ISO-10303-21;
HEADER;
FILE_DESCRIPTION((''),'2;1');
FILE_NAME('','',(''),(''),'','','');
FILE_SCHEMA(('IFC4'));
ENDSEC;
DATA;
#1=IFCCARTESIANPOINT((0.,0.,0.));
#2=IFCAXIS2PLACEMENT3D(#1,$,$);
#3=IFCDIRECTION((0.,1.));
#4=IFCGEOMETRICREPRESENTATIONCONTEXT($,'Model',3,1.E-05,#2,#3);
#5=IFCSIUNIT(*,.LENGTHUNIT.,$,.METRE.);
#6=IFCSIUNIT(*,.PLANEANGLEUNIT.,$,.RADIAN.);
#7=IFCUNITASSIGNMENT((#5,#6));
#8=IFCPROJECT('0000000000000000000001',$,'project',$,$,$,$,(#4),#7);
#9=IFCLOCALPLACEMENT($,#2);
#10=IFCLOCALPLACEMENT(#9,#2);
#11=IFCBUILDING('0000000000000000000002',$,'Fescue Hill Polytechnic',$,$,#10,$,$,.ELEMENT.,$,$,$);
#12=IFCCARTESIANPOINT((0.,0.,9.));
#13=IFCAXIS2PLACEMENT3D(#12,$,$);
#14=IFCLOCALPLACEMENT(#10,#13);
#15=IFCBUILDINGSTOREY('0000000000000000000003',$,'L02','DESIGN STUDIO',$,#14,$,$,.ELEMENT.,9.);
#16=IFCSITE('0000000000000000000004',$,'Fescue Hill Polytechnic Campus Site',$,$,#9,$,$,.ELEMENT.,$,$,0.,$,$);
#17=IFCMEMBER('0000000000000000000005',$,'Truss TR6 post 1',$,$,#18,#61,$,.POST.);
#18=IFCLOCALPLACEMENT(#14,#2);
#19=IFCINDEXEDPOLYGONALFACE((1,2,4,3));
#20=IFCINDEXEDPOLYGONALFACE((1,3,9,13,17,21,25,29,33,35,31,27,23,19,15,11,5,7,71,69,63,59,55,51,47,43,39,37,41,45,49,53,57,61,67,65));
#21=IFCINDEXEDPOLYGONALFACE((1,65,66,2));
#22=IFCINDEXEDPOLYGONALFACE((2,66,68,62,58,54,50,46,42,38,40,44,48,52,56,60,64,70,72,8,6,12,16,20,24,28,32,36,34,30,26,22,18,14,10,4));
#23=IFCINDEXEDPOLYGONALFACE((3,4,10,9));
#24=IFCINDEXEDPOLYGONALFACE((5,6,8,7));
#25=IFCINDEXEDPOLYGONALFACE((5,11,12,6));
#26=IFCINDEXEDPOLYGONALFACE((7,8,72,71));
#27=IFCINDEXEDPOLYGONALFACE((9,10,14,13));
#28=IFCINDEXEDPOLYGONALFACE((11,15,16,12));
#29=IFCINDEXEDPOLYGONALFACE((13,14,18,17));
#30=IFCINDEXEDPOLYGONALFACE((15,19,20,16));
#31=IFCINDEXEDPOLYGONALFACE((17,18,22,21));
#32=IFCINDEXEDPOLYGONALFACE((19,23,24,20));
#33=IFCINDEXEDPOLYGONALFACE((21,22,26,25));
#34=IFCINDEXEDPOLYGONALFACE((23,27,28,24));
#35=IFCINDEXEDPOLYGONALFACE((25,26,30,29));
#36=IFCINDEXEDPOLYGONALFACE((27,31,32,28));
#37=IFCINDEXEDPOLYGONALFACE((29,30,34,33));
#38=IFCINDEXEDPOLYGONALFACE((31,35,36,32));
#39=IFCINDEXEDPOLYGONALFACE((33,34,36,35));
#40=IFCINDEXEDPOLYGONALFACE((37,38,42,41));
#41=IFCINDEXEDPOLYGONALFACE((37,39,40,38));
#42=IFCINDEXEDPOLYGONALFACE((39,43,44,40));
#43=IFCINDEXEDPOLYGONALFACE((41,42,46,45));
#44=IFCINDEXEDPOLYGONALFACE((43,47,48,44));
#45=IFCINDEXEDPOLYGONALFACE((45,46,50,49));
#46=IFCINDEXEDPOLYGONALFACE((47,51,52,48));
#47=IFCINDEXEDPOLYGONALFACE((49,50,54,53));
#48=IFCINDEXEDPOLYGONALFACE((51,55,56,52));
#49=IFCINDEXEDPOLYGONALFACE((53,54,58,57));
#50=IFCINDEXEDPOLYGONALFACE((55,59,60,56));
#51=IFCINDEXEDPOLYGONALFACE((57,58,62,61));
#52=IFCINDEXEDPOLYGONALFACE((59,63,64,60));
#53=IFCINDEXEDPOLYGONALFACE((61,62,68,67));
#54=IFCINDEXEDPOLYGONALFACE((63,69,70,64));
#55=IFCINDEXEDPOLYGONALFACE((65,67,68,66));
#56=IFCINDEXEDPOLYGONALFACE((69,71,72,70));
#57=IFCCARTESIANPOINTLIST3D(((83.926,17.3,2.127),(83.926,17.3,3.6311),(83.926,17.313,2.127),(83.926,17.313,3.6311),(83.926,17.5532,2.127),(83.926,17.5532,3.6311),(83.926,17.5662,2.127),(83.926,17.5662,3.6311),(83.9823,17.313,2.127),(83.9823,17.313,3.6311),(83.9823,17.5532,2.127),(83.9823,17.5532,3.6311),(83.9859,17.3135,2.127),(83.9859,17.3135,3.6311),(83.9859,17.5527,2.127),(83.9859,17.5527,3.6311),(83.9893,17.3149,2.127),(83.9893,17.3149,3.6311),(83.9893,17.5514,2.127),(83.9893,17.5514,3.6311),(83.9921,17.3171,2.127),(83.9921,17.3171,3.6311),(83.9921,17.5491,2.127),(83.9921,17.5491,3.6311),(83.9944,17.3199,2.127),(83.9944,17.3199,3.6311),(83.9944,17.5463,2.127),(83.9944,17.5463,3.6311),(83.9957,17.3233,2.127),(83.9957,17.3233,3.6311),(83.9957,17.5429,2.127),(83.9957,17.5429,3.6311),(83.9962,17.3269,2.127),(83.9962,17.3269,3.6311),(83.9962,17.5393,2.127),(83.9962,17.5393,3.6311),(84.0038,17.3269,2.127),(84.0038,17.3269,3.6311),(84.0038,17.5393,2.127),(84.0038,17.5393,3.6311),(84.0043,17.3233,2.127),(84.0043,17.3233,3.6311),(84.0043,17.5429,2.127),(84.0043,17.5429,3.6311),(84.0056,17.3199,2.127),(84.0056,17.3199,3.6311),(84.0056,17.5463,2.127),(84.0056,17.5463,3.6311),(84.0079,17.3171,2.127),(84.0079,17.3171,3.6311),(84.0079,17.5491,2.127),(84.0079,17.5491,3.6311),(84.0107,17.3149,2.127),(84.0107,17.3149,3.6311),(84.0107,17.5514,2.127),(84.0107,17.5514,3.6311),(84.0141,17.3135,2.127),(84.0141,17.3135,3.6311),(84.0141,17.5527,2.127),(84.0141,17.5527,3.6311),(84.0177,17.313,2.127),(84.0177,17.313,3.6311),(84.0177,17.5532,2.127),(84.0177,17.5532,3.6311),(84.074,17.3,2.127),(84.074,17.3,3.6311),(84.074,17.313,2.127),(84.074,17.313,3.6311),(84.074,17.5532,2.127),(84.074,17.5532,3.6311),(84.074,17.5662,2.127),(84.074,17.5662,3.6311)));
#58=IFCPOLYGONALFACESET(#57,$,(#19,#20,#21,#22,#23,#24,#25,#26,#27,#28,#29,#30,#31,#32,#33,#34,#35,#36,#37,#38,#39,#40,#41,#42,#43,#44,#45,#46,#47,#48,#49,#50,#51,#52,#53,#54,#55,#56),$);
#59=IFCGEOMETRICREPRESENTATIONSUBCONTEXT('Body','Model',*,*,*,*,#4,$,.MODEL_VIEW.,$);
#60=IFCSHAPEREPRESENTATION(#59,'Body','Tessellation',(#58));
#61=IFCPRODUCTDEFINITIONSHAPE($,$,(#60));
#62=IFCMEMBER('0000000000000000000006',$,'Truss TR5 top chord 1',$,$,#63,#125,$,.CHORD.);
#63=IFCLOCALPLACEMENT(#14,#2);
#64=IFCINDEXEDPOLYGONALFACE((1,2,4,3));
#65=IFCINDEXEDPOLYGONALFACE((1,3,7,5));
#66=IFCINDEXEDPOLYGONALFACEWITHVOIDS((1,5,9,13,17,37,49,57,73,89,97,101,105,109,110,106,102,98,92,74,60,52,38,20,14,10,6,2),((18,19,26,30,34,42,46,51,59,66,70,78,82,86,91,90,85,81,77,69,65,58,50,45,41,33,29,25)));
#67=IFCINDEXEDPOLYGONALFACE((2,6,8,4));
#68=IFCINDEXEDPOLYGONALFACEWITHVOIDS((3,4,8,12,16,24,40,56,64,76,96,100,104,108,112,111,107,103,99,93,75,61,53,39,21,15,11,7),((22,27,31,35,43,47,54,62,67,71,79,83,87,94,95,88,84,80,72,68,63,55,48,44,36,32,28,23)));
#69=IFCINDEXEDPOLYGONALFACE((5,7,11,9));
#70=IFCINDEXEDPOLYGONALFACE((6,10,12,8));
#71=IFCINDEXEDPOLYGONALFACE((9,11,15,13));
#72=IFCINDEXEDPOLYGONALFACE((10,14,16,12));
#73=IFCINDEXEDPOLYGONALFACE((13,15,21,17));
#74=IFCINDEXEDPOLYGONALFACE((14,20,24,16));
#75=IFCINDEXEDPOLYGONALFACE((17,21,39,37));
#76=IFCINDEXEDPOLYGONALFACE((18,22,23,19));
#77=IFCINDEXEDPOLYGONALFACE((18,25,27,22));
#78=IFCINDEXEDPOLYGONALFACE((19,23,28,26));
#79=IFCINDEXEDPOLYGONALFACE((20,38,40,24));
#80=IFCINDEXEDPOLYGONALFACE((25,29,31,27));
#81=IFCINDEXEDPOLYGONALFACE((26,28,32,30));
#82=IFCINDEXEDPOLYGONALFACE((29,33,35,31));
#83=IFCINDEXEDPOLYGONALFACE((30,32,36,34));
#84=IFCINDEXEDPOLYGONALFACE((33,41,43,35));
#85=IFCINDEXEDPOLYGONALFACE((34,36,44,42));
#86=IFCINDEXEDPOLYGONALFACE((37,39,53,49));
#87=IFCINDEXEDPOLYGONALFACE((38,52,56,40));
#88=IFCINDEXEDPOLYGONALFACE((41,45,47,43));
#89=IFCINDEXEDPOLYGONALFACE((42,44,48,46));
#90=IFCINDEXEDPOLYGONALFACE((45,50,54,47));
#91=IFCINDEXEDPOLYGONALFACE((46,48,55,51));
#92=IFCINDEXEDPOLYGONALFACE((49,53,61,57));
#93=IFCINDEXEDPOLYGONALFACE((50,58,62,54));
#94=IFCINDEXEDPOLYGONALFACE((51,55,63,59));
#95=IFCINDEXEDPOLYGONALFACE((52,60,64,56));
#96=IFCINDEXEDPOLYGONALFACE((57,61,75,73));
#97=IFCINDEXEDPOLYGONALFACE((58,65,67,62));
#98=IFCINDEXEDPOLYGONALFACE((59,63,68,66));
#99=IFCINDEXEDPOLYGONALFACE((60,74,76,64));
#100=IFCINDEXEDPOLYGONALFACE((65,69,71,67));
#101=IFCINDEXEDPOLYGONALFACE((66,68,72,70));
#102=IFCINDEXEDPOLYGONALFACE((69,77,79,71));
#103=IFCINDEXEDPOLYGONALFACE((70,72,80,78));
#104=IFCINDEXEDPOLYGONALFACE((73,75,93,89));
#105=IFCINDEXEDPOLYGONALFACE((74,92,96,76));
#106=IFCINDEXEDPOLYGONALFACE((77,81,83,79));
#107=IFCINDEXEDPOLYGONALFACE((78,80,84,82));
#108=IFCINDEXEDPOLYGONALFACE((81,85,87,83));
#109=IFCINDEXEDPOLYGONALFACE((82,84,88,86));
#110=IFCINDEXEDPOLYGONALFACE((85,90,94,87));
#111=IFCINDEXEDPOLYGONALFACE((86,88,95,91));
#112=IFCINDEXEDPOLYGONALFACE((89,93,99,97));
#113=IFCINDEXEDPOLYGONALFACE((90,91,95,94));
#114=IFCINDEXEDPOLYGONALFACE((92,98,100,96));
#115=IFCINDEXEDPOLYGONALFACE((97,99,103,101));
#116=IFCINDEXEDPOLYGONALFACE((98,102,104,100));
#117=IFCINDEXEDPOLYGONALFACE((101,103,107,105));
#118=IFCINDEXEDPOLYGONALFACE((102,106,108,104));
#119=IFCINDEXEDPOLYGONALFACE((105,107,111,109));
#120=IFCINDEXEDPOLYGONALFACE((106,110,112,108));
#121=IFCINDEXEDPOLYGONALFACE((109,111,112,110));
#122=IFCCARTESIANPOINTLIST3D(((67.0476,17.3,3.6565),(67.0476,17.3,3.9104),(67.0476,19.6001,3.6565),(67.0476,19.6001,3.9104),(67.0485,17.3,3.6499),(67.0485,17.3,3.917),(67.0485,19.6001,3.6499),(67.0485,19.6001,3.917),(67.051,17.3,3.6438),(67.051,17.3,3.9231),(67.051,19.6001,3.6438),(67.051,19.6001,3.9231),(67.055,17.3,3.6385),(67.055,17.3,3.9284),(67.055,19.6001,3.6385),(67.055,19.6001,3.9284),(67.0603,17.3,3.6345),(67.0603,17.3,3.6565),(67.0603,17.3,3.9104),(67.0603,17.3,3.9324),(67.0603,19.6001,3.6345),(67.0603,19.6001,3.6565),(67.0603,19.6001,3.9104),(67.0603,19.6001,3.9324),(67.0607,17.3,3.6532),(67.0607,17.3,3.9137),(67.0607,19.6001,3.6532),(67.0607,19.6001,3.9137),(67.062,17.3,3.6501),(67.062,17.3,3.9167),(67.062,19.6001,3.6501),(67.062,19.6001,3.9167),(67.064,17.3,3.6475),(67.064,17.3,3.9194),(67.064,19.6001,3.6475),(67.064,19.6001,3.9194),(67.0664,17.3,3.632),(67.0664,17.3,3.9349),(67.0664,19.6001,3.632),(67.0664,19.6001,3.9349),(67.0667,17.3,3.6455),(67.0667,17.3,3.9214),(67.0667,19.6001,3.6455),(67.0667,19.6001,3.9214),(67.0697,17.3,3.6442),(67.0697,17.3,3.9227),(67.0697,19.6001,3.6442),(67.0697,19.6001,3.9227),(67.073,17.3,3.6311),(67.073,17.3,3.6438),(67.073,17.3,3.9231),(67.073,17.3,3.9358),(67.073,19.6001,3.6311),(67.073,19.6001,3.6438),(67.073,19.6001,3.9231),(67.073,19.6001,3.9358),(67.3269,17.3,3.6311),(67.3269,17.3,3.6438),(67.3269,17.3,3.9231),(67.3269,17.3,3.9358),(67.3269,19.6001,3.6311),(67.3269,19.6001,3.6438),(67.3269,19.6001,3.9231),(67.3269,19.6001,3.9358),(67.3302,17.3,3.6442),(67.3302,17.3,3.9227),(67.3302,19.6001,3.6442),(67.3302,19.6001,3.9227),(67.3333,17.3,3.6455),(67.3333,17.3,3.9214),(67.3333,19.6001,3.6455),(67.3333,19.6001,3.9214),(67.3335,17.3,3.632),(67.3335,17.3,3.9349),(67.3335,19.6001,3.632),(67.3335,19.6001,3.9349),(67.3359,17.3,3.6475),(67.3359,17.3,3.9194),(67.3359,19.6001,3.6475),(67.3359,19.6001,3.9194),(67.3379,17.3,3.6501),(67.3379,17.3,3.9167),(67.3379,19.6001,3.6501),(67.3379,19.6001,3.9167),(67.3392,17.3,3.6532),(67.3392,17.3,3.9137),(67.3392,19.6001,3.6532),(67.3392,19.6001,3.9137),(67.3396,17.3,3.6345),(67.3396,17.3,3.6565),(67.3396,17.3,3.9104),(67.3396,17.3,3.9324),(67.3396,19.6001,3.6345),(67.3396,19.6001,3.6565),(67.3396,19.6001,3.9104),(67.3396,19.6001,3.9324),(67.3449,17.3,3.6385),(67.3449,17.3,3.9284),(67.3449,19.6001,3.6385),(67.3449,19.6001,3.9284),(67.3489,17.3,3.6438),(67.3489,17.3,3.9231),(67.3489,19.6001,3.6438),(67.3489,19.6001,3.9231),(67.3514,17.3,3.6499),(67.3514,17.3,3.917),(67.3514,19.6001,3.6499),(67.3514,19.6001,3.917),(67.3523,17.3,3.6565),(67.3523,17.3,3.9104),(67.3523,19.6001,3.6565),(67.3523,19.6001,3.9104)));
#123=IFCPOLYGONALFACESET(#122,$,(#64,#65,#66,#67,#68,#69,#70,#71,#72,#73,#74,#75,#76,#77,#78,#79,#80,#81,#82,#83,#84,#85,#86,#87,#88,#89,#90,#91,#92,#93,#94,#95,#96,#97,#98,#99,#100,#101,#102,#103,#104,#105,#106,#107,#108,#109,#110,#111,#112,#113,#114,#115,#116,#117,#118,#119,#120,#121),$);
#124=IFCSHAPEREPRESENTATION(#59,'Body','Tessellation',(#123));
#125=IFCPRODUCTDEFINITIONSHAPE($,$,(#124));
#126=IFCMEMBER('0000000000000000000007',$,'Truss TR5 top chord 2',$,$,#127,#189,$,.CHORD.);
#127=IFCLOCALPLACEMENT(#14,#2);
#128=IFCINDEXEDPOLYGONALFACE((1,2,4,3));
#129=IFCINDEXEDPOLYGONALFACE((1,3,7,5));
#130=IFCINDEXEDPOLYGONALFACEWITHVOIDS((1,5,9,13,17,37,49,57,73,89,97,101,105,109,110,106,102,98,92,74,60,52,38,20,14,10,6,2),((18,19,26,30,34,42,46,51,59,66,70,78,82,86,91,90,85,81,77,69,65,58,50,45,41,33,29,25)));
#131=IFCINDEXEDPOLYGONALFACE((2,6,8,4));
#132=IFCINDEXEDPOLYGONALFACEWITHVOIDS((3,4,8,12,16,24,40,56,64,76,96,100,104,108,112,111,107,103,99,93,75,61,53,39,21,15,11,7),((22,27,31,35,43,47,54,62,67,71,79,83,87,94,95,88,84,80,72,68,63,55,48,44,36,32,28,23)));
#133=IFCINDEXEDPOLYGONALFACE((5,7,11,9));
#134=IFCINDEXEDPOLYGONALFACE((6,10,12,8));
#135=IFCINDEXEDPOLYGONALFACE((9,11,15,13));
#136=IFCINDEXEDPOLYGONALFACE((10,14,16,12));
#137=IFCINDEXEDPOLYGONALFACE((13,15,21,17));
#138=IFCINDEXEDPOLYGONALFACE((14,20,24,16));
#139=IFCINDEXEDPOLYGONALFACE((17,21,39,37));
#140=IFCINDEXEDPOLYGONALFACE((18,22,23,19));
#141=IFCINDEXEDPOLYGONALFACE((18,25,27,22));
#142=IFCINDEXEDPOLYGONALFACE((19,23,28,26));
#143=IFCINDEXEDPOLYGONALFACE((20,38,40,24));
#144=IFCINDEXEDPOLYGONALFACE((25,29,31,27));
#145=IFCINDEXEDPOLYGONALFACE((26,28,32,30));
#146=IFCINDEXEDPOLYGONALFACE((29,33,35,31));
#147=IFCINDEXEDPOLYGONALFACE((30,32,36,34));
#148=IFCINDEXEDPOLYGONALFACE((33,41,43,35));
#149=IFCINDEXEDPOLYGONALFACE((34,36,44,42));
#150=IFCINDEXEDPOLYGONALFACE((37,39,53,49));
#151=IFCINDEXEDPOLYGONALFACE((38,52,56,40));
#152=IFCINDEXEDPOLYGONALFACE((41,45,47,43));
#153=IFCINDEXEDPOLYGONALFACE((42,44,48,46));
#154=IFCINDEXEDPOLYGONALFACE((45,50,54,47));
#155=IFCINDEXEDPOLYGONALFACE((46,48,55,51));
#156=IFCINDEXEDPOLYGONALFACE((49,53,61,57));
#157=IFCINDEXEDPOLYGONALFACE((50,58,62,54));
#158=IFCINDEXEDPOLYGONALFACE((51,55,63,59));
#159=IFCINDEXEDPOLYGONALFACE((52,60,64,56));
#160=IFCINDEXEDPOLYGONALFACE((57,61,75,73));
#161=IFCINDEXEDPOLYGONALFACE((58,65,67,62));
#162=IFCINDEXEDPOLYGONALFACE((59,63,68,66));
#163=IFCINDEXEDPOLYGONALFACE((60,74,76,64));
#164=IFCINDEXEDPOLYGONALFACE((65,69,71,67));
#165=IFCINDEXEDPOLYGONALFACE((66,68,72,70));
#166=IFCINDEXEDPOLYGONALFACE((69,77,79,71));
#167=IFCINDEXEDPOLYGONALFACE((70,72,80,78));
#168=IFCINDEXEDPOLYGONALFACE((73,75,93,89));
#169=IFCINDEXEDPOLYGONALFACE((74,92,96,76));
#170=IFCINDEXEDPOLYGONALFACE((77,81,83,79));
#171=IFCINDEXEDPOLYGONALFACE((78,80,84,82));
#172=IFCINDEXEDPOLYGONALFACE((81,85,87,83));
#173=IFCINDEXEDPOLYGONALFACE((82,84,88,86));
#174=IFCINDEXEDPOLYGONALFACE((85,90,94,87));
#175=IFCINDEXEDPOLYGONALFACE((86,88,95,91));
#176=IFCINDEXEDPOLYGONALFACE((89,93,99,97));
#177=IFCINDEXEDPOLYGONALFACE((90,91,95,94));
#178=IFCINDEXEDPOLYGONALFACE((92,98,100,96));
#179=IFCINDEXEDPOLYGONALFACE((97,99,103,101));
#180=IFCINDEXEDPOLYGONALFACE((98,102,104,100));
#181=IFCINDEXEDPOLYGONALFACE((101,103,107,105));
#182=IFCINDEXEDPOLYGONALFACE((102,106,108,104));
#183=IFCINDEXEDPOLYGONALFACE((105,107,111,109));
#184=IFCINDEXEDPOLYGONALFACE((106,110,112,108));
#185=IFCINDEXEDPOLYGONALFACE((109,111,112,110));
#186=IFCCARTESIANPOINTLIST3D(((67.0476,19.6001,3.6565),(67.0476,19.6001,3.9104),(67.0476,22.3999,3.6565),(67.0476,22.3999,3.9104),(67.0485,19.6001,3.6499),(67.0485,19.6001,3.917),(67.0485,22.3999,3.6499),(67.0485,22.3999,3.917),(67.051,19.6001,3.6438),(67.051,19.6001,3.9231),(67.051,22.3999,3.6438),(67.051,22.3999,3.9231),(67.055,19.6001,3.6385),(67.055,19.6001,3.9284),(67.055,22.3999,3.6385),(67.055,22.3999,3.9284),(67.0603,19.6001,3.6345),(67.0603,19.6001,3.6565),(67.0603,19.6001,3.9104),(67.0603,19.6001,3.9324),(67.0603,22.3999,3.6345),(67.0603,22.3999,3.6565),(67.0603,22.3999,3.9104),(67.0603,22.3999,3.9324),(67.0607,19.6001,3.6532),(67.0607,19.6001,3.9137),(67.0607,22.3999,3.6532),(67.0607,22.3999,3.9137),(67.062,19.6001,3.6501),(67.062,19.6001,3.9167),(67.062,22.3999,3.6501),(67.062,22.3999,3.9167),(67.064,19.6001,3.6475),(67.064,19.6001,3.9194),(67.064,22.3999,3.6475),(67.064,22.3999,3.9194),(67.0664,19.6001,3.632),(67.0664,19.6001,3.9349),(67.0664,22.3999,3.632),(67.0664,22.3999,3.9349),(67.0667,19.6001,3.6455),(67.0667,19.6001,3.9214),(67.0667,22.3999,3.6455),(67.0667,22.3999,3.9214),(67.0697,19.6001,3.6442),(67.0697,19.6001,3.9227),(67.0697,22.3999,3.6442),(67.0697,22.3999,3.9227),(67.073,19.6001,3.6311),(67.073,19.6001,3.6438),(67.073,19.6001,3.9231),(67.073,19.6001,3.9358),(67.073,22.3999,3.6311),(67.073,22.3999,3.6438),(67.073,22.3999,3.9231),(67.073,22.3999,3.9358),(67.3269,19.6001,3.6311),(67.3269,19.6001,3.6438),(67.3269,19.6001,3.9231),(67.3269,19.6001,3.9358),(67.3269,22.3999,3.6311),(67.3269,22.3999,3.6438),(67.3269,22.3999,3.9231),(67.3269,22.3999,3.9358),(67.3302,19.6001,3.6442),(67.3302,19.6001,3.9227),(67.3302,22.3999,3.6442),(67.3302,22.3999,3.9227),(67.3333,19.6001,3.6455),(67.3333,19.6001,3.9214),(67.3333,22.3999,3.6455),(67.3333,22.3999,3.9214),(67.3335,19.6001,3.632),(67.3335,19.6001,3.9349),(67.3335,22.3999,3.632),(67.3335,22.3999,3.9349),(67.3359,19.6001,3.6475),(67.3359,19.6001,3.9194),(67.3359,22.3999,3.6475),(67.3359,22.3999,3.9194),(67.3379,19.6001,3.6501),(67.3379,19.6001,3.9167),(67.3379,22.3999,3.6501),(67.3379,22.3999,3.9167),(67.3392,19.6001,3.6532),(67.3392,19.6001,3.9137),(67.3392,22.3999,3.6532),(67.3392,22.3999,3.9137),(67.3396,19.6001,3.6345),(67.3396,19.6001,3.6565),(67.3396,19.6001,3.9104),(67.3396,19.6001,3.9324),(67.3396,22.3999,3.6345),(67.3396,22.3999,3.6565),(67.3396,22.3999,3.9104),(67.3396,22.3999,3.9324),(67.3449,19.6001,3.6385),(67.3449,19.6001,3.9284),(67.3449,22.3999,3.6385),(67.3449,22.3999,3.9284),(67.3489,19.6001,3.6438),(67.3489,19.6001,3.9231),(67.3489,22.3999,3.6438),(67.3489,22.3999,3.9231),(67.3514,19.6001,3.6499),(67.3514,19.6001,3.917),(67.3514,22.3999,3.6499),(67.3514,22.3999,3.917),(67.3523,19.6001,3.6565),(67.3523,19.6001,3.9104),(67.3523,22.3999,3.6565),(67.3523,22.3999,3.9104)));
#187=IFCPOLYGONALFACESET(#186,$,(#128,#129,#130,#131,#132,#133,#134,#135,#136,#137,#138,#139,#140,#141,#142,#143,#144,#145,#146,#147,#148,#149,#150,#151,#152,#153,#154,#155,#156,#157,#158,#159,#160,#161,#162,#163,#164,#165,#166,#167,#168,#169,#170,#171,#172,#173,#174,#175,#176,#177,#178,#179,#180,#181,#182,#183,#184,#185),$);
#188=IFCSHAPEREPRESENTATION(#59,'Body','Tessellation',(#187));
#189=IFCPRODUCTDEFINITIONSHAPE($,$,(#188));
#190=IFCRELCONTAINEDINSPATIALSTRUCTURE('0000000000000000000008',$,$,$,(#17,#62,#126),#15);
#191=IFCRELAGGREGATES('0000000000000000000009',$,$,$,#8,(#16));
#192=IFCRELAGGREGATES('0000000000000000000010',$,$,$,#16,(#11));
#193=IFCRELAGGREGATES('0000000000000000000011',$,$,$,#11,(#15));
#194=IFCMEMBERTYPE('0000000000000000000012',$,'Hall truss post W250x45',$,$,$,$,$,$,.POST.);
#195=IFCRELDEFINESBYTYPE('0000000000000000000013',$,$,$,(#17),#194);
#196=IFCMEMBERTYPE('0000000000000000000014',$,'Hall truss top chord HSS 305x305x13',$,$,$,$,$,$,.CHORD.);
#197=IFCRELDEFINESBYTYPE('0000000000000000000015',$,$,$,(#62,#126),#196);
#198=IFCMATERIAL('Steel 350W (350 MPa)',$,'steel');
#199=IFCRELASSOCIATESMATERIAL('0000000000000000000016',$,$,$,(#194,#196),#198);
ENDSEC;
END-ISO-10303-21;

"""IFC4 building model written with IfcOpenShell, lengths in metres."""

from ifc_helpers import new_model, si_unit, direction, frame, origin, origin_2d, place, context, subcontext, project, spatial, hollow_rectangle, i_section, extrude, material, material_profile, profile_set, type_object, element, save


model = new_model("IFC4")

# Units and contexts
model_context = context("Model", 3, precision=1e-05, world=origin(), true_north=direction((0.0, 1.0)))
body_context = subcontext(model_context, "Body", "Model", "MODEL_VIEW")
ifc_project = project(units=[si_unit("LENGTHUNIT", "METRE"), si_unit("PLANEANGLEUNIT", "RADIAN")], contexts=[model_context])

# Site, building, storey
site_placement = place(None, origin())
site = spatial("IfcSite", under=ifc_project, at=site_placement, Name="Fescue Hill Polytechnic Campus Site", CompositionType="ELEMENT", RefElevation=0.0)
building_placement = place(site_placement, origin())
building = spatial("IfcBuilding", under=site, at=building_placement, Name="Fescue Hill Polytechnic", CompositionType="ELEMENT")
storey_placement = place(building_placement, frame((0.0, 0.0, 9.0)))
storey = spatial("IfcBuildingStorey", under=building, at=storey_placement, Name="L02", Description="DESIGN STUDIO", CompositionType="ELEMENT", Elevation=9.0)

# Members
ifc_material_1 = material(Name="Steel 350W (350 MPa)", Category="steel")
ifc_material_profile_1 = material_profile(ifc_material_1, i_section(OverallWidth=0.1479, OverallDepth=0.2661, WebThickness=0.0076, FlangeThickness=0.0129, FilletRadius=0.0139, at=origin_2d()), Name="W250x45")
ifc_profile_set_1 = profile_set([ifc_material_profile_1], Name="Steel 350W (350 MPa)")
member_type_1 = type_object("IfcMemberType", Name="Hall truss post W250x45", PredefinedType="POST", material=ifc_profile_set_1)
for number, where, z_axis, x_axis, name in (
    (1, (84.0, 17.4331, 2.127), (0.0, 0.0, 1.0), (1.0, 0.0, 0.0), "Truss TR6 post 1"),
):
    element("IfcMember", number, at=place(storey_placement, frame(where, z_axis=z_axis, x_axis=x_axis)), inside=storey, type_object=member_type_1, Name=name, PredefinedType="POST", context=body_context, shape_type="SweptSolid", body=[
        extrude(i_section(OverallWidth=0.1479, OverallDepth=0.2661, WebThickness=0.0076, FlangeThickness=0.0129, FilletRadius=0.0139, at=origin_2d()), origin(), (0.0, 0.0, 1.0), 1.5042),
    ])
ifc_material_profile_2 = material_profile(ifc_material_1, hollow_rectangle(XDim=0.3047, YDim=0.3047, WallThickness=0.0127, InnerFilletRadius=0.0127, OuterFilletRadius=0.0254, at=origin_2d()), Name="Hall truss top chord HSS 305x305x13")
ifc_profile_set_2 = profile_set([ifc_material_profile_2], Name="Steel 350W (350 MPa)")
member_type_2 = type_object("IfcMemberType", Name="Hall truss top chord HSS 305x305x13", PredefinedType="CHORD", material=ifc_profile_set_2)
member_1_placement = place(storey_placement, frame((67.2, 17.3, 3.7834), z_axis=(0.0, 1.0, 0.0), x_axis=(-1.0, 0.0, 0.0)))
element("IfcMember", 2, at=member_1_placement, inside=storey, type_object=member_type_2, Name="Truss TR5 top chord 1", PredefinedType="CHORD", context=body_context, shape_type="SweptSolid", body=[
    extrude(hollow_rectangle(XDim=0.3047, YDim=0.3047, WallThickness=0.0127, InnerFilletRadius=0.0127, OuterFilletRadius=0.0254, at=origin_2d()), origin(), (0.0, 0.0, 1.0), 2.3),
])
member_2_placement = place(storey_placement, frame((67.2, 19.6001, 3.7834), z_axis=(0.0, 1.0, 0.0), x_axis=(-1.0, 0.0, 0.0)))
element("IfcMember", 3, at=member_2_placement, inside=storey, type_object=member_type_2, Name="Truss TR5 top chord 2", PredefinedType="CHORD", context=body_context, shape_type="SweptSolid", body=[
    extrude(hollow_rectangle(XDim=0.3047, YDim=0.3047, WallThickness=0.0127, InnerFilletRadius=0.0127, OuterFilletRadius=0.0254, at=origin_2d()), origin(), (0.0, 0.0, 1.0), 2.7998),
])

save(model, "model.ifc")
